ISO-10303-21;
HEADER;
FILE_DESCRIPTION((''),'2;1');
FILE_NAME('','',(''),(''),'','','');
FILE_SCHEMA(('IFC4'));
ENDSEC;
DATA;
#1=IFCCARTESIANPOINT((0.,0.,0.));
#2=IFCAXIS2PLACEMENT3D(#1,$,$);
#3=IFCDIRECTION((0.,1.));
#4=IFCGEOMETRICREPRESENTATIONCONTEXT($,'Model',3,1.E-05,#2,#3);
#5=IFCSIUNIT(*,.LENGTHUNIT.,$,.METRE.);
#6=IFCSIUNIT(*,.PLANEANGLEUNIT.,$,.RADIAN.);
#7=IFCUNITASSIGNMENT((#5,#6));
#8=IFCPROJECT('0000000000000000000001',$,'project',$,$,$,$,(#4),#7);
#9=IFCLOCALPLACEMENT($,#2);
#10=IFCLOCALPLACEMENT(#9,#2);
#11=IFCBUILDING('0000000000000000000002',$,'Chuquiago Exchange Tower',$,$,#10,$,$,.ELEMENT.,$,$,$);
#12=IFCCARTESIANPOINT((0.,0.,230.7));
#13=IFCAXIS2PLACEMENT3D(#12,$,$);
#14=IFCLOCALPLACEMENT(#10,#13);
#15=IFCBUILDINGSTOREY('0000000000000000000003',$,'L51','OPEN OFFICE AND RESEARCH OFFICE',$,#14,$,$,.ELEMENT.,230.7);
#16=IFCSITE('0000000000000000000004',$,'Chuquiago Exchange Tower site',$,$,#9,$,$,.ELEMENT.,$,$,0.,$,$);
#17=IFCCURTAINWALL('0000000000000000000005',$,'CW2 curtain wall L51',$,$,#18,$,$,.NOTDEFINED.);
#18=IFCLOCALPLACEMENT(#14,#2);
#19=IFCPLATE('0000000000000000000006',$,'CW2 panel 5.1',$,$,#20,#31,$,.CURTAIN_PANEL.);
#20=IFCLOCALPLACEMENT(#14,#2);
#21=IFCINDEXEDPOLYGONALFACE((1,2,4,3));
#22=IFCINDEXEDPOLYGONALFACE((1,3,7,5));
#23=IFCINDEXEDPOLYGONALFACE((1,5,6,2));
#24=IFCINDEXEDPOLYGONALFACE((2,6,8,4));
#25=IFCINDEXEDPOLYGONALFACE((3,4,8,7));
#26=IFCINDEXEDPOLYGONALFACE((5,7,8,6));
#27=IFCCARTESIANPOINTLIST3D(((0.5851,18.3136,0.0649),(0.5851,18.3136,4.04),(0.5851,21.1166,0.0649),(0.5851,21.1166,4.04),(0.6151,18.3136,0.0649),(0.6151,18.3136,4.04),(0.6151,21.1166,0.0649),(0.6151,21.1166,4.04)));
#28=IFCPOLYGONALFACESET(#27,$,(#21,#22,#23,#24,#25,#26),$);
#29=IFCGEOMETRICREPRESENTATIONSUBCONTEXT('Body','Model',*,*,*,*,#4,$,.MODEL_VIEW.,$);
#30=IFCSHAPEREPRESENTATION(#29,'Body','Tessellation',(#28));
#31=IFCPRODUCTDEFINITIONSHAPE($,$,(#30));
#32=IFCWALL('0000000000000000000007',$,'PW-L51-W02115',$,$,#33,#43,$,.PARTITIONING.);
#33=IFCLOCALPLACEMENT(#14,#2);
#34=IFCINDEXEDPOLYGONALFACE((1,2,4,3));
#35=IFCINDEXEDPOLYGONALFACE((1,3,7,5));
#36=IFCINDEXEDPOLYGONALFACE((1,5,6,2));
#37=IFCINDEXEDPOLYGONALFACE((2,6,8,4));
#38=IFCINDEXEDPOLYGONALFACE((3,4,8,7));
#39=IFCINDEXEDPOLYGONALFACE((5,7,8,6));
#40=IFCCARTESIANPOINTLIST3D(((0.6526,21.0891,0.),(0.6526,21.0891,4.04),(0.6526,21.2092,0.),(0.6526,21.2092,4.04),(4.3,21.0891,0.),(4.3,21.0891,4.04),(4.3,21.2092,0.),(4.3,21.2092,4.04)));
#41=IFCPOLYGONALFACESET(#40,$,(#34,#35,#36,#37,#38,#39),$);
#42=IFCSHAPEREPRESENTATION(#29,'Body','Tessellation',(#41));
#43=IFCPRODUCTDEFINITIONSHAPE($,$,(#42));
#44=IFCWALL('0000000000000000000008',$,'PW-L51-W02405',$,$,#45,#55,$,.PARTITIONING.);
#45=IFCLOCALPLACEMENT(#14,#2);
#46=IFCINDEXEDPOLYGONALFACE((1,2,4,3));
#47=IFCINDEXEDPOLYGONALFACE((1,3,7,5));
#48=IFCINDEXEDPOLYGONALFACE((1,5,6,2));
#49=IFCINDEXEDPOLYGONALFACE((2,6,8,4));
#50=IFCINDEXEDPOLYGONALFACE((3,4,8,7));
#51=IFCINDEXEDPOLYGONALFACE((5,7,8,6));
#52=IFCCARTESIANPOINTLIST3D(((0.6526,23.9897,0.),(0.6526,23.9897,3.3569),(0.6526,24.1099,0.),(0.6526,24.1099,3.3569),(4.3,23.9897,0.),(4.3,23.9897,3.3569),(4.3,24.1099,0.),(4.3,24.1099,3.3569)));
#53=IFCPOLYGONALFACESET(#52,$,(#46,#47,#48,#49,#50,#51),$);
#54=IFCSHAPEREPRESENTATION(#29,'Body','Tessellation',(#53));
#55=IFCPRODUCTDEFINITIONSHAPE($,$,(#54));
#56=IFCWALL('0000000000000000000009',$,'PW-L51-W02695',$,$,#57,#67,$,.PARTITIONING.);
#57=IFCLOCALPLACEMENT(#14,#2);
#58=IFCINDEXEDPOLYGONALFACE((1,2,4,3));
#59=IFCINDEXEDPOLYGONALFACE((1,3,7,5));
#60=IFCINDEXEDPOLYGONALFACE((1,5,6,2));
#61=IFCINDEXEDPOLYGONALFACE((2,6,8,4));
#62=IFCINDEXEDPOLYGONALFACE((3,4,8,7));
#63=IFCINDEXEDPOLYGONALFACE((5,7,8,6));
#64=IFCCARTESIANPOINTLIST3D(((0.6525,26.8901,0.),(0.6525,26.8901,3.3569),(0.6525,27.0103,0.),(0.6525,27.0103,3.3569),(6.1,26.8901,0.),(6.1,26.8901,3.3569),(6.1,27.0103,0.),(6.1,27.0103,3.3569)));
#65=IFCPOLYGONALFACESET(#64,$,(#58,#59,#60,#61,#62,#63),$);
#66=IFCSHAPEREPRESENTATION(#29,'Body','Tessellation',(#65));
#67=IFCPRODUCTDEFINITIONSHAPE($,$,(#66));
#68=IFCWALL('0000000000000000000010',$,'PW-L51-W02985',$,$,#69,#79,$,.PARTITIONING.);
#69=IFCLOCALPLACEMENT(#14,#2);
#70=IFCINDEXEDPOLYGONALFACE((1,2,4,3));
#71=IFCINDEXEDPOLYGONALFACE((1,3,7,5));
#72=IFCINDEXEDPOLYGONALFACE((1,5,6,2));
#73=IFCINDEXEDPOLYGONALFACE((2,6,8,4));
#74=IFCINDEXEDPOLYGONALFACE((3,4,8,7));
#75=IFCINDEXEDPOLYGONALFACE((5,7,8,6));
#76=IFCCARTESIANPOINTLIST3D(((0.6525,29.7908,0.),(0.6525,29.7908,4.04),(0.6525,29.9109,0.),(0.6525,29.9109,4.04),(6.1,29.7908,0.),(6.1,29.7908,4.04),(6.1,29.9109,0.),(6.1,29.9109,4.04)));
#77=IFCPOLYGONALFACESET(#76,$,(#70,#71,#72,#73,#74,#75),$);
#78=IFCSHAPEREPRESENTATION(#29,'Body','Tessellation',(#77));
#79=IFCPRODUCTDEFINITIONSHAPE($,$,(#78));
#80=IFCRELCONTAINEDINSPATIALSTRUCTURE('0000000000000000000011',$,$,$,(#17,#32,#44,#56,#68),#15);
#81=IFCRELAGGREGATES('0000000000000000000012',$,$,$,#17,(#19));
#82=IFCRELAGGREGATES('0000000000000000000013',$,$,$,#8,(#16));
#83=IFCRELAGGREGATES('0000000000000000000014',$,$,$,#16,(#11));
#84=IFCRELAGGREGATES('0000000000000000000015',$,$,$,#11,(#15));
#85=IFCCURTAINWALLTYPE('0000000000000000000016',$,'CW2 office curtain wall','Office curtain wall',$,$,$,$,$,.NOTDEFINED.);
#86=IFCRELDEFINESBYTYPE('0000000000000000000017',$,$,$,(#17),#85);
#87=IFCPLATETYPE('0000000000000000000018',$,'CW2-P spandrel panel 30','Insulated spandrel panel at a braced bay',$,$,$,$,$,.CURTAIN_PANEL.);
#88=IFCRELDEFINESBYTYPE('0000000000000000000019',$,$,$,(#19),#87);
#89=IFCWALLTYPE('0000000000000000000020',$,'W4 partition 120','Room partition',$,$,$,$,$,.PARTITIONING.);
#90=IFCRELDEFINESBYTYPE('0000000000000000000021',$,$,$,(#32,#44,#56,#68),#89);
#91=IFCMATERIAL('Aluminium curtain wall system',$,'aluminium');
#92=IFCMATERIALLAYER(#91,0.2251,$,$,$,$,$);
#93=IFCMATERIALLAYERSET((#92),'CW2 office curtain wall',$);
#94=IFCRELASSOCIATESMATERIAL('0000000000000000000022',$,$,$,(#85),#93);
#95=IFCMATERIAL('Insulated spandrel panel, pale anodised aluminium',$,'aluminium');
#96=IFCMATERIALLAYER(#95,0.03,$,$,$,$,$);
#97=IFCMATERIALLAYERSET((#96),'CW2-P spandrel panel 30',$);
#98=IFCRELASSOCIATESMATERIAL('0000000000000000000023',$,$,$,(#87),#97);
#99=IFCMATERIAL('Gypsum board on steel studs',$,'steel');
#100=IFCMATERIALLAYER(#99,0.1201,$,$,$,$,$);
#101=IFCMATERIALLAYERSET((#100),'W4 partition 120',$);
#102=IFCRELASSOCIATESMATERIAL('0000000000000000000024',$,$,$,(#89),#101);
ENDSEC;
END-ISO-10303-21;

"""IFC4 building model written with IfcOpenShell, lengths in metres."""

from ifc_helpers import new_model, si_unit, direction, frame, frame_2d, origin, origin_2d, place, context, subcontext, project, spatial, rectangle, extrude, material, layer, layer_set, type_object, element, aggregate, save


model = new_model("IFC4")

# Units and contexts
model_context = context("Model", 3, precision=1e-05, world=origin(), true_north=direction((0.0, 1.0)))
body_context = subcontext(model_context, "Body", "Model", "MODEL_VIEW")
ifc_project = project(units=[si_unit("LENGTHUNIT", "METRE"), si_unit("PLANEANGLEUNIT", "RADIAN")], contexts=[model_context])

# Site, building, storey
site_placement = place(None, origin())
site = spatial("IfcSite", under=ifc_project, at=site_placement, Name="Chuquiago Exchange Tower site", CompositionType="ELEMENT", RefElevation=0.0)
building_placement = place(site_placement, origin())
building = spatial("IfcBuilding", under=site, at=building_placement, Name="Chuquiago Exchange Tower", CompositionType="ELEMENT")
storey_placement = place(building_placement, frame((0.0, 0.0, 230.7)))
storey = spatial("IfcBuildingStorey", under=building, at=storey_placement, Name="L51", Description="OPEN OFFICE AND RESEARCH OFFICE", CompositionType="ELEMENT", Elevation=230.7)

# Curtain wall
ifc_material_1 = material(Name="Aluminium curtain wall system", Category="aluminium")
ifc_layer_1 = layer(ifc_material_1, 0.2251)
ifc_layer_set_1 = layer_set([ifc_layer_1], Name="CW2 office curtain wall")
curtain_wall_type = type_object("IfcCurtainWallType", Name="CW2 office curtain wall", Description="Office curtain wall", PredefinedType="NOTDEFINED", material=ifc_layer_set_1)
curtain_wall_placement = place(storey_placement, origin())
curtain_wall = element("IfcCurtainWall", 1, at=curtain_wall_placement, inside=storey, type_object=curtain_wall_type, Name="CW2 curtain wall L51", PredefinedType="NOTDEFINED")

# Plate
ifc_material_2 = material(Name="Insulated spandrel panel, pale anodised aluminium", Category="aluminium")
ifc_layer_2 = layer(ifc_material_2, 0.03)
ifc_layer_set_2 = layer_set([ifc_layer_2], Name="CW2-P spandrel panel 30")
plate_type_1 = type_object("IfcPlateType", Name="CW2-P spandrel panel 30", Description="Insulated spandrel panel at a braced bay", PredefinedType="CURTAIN_PANEL", material=ifc_layer_set_2)
plate_1_placement = place(storey_placement, frame((0.6001, 19.7151, 0.0649), z_axis=(0.0, 0.0, 1.0), x_axis=(0.0, -1.0, 0.0)))
plate_1 = element("IfcPlate", 2, at=plate_1_placement, type_object=plate_type_1, Name="CW2 panel 5.1", PredefinedType="CURTAIN_PANEL", context=body_context, shape_type="SweptSolid", body=[
    extrude(rectangle(XDim=2.803, YDim=0.03, at=origin_2d()), origin(), (0.0, 0.0, 1.0), 3.9751),
])
aggregate(curtain_wall, [plate_1])

# Walls
ifc_material_3 = material(Name="Gypsum board on steel studs", Category="steel")
ifc_layer_3 = layer(ifc_material_3, 0.1201)
ifc_layer_set_3 = layer_set([ifc_layer_3], Name="W4 partition 120")
wall_type = type_object("IfcWallType", Name="W4 partition 120", Description="Room partition", PredefinedType="PARTITIONING", material=ifc_layer_set_3)
wall_1_placement = place(storey_placement, frame((0.6526, 21.1492, 0.0), z_axis=(0.0, 0.0, 1.0), x_axis=(1.0, 0.0, 0.0)))
element("IfcWall", 3, at=wall_1_placement, inside=storey, type_object=wall_type, Name="PW-L51-W02115", PredefinedType="PARTITIONING", context=body_context, shape_type="SweptSolid", body=[
    extrude(rectangle(XDim=3.6475, YDim=0.1201, at=frame_2d((1.8237, 0.0))), origin(), (0.0, 0.0, 1.0), 4.04),
])
wall_2_placement = place(storey_placement, frame((0.6526, 24.0498, 0.0), z_axis=(0.0, 0.0, 1.0), x_axis=(1.0, 0.0, 0.0)))
element("IfcWall", 4, at=wall_2_placement, inside=storey, type_object=wall_type, Name="PW-L51-W02405", PredefinedType="PARTITIONING", context=body_context, shape_type="SweptSolid", body=[
    extrude(rectangle(XDim=3.6475, YDim=0.1201, at=frame_2d((1.8237, 0.0))), origin(), (0.0, 0.0, 1.0), 3.3569),
])
wall_3_placement = place(storey_placement, frame((0.6526, 26.9502, 0.0), z_axis=(0.0, 0.0, 1.0), x_axis=(1.0, 0.0, 0.0)))
element("IfcWall", 5, at=wall_3_placement, inside=storey, type_object=wall_type, Name="PW-L51-W02695", PredefinedType="PARTITIONING", context=body_context, shape_type="SweptSolid", body=[
    extrude(rectangle(XDim=5.4475, YDim=0.1201, at=frame_2d((2.7236, 0.0))), origin(), (0.0, 0.0, 1.0), 3.3569),
])
wall_4_placement = place(storey_placement, frame((0.6526, 29.8508, 0.0), z_axis=(0.0, 0.0, 1.0), x_axis=(1.0, 0.0, 0.0)))
element("IfcWall", 6, at=wall_4_placement, inside=storey, type_object=wall_type, Name="PW-L51-W02985", PredefinedType="PARTITIONING", context=body_context, shape_type="SweptSolid", body=[
    extrude(rectangle(XDim=5.4475, YDim=0.1201, at=frame_2d((2.7236, 0.0))), origin(), (0.0, 0.0, 1.0), 4.04),
])

save(model, "model.ifc")
